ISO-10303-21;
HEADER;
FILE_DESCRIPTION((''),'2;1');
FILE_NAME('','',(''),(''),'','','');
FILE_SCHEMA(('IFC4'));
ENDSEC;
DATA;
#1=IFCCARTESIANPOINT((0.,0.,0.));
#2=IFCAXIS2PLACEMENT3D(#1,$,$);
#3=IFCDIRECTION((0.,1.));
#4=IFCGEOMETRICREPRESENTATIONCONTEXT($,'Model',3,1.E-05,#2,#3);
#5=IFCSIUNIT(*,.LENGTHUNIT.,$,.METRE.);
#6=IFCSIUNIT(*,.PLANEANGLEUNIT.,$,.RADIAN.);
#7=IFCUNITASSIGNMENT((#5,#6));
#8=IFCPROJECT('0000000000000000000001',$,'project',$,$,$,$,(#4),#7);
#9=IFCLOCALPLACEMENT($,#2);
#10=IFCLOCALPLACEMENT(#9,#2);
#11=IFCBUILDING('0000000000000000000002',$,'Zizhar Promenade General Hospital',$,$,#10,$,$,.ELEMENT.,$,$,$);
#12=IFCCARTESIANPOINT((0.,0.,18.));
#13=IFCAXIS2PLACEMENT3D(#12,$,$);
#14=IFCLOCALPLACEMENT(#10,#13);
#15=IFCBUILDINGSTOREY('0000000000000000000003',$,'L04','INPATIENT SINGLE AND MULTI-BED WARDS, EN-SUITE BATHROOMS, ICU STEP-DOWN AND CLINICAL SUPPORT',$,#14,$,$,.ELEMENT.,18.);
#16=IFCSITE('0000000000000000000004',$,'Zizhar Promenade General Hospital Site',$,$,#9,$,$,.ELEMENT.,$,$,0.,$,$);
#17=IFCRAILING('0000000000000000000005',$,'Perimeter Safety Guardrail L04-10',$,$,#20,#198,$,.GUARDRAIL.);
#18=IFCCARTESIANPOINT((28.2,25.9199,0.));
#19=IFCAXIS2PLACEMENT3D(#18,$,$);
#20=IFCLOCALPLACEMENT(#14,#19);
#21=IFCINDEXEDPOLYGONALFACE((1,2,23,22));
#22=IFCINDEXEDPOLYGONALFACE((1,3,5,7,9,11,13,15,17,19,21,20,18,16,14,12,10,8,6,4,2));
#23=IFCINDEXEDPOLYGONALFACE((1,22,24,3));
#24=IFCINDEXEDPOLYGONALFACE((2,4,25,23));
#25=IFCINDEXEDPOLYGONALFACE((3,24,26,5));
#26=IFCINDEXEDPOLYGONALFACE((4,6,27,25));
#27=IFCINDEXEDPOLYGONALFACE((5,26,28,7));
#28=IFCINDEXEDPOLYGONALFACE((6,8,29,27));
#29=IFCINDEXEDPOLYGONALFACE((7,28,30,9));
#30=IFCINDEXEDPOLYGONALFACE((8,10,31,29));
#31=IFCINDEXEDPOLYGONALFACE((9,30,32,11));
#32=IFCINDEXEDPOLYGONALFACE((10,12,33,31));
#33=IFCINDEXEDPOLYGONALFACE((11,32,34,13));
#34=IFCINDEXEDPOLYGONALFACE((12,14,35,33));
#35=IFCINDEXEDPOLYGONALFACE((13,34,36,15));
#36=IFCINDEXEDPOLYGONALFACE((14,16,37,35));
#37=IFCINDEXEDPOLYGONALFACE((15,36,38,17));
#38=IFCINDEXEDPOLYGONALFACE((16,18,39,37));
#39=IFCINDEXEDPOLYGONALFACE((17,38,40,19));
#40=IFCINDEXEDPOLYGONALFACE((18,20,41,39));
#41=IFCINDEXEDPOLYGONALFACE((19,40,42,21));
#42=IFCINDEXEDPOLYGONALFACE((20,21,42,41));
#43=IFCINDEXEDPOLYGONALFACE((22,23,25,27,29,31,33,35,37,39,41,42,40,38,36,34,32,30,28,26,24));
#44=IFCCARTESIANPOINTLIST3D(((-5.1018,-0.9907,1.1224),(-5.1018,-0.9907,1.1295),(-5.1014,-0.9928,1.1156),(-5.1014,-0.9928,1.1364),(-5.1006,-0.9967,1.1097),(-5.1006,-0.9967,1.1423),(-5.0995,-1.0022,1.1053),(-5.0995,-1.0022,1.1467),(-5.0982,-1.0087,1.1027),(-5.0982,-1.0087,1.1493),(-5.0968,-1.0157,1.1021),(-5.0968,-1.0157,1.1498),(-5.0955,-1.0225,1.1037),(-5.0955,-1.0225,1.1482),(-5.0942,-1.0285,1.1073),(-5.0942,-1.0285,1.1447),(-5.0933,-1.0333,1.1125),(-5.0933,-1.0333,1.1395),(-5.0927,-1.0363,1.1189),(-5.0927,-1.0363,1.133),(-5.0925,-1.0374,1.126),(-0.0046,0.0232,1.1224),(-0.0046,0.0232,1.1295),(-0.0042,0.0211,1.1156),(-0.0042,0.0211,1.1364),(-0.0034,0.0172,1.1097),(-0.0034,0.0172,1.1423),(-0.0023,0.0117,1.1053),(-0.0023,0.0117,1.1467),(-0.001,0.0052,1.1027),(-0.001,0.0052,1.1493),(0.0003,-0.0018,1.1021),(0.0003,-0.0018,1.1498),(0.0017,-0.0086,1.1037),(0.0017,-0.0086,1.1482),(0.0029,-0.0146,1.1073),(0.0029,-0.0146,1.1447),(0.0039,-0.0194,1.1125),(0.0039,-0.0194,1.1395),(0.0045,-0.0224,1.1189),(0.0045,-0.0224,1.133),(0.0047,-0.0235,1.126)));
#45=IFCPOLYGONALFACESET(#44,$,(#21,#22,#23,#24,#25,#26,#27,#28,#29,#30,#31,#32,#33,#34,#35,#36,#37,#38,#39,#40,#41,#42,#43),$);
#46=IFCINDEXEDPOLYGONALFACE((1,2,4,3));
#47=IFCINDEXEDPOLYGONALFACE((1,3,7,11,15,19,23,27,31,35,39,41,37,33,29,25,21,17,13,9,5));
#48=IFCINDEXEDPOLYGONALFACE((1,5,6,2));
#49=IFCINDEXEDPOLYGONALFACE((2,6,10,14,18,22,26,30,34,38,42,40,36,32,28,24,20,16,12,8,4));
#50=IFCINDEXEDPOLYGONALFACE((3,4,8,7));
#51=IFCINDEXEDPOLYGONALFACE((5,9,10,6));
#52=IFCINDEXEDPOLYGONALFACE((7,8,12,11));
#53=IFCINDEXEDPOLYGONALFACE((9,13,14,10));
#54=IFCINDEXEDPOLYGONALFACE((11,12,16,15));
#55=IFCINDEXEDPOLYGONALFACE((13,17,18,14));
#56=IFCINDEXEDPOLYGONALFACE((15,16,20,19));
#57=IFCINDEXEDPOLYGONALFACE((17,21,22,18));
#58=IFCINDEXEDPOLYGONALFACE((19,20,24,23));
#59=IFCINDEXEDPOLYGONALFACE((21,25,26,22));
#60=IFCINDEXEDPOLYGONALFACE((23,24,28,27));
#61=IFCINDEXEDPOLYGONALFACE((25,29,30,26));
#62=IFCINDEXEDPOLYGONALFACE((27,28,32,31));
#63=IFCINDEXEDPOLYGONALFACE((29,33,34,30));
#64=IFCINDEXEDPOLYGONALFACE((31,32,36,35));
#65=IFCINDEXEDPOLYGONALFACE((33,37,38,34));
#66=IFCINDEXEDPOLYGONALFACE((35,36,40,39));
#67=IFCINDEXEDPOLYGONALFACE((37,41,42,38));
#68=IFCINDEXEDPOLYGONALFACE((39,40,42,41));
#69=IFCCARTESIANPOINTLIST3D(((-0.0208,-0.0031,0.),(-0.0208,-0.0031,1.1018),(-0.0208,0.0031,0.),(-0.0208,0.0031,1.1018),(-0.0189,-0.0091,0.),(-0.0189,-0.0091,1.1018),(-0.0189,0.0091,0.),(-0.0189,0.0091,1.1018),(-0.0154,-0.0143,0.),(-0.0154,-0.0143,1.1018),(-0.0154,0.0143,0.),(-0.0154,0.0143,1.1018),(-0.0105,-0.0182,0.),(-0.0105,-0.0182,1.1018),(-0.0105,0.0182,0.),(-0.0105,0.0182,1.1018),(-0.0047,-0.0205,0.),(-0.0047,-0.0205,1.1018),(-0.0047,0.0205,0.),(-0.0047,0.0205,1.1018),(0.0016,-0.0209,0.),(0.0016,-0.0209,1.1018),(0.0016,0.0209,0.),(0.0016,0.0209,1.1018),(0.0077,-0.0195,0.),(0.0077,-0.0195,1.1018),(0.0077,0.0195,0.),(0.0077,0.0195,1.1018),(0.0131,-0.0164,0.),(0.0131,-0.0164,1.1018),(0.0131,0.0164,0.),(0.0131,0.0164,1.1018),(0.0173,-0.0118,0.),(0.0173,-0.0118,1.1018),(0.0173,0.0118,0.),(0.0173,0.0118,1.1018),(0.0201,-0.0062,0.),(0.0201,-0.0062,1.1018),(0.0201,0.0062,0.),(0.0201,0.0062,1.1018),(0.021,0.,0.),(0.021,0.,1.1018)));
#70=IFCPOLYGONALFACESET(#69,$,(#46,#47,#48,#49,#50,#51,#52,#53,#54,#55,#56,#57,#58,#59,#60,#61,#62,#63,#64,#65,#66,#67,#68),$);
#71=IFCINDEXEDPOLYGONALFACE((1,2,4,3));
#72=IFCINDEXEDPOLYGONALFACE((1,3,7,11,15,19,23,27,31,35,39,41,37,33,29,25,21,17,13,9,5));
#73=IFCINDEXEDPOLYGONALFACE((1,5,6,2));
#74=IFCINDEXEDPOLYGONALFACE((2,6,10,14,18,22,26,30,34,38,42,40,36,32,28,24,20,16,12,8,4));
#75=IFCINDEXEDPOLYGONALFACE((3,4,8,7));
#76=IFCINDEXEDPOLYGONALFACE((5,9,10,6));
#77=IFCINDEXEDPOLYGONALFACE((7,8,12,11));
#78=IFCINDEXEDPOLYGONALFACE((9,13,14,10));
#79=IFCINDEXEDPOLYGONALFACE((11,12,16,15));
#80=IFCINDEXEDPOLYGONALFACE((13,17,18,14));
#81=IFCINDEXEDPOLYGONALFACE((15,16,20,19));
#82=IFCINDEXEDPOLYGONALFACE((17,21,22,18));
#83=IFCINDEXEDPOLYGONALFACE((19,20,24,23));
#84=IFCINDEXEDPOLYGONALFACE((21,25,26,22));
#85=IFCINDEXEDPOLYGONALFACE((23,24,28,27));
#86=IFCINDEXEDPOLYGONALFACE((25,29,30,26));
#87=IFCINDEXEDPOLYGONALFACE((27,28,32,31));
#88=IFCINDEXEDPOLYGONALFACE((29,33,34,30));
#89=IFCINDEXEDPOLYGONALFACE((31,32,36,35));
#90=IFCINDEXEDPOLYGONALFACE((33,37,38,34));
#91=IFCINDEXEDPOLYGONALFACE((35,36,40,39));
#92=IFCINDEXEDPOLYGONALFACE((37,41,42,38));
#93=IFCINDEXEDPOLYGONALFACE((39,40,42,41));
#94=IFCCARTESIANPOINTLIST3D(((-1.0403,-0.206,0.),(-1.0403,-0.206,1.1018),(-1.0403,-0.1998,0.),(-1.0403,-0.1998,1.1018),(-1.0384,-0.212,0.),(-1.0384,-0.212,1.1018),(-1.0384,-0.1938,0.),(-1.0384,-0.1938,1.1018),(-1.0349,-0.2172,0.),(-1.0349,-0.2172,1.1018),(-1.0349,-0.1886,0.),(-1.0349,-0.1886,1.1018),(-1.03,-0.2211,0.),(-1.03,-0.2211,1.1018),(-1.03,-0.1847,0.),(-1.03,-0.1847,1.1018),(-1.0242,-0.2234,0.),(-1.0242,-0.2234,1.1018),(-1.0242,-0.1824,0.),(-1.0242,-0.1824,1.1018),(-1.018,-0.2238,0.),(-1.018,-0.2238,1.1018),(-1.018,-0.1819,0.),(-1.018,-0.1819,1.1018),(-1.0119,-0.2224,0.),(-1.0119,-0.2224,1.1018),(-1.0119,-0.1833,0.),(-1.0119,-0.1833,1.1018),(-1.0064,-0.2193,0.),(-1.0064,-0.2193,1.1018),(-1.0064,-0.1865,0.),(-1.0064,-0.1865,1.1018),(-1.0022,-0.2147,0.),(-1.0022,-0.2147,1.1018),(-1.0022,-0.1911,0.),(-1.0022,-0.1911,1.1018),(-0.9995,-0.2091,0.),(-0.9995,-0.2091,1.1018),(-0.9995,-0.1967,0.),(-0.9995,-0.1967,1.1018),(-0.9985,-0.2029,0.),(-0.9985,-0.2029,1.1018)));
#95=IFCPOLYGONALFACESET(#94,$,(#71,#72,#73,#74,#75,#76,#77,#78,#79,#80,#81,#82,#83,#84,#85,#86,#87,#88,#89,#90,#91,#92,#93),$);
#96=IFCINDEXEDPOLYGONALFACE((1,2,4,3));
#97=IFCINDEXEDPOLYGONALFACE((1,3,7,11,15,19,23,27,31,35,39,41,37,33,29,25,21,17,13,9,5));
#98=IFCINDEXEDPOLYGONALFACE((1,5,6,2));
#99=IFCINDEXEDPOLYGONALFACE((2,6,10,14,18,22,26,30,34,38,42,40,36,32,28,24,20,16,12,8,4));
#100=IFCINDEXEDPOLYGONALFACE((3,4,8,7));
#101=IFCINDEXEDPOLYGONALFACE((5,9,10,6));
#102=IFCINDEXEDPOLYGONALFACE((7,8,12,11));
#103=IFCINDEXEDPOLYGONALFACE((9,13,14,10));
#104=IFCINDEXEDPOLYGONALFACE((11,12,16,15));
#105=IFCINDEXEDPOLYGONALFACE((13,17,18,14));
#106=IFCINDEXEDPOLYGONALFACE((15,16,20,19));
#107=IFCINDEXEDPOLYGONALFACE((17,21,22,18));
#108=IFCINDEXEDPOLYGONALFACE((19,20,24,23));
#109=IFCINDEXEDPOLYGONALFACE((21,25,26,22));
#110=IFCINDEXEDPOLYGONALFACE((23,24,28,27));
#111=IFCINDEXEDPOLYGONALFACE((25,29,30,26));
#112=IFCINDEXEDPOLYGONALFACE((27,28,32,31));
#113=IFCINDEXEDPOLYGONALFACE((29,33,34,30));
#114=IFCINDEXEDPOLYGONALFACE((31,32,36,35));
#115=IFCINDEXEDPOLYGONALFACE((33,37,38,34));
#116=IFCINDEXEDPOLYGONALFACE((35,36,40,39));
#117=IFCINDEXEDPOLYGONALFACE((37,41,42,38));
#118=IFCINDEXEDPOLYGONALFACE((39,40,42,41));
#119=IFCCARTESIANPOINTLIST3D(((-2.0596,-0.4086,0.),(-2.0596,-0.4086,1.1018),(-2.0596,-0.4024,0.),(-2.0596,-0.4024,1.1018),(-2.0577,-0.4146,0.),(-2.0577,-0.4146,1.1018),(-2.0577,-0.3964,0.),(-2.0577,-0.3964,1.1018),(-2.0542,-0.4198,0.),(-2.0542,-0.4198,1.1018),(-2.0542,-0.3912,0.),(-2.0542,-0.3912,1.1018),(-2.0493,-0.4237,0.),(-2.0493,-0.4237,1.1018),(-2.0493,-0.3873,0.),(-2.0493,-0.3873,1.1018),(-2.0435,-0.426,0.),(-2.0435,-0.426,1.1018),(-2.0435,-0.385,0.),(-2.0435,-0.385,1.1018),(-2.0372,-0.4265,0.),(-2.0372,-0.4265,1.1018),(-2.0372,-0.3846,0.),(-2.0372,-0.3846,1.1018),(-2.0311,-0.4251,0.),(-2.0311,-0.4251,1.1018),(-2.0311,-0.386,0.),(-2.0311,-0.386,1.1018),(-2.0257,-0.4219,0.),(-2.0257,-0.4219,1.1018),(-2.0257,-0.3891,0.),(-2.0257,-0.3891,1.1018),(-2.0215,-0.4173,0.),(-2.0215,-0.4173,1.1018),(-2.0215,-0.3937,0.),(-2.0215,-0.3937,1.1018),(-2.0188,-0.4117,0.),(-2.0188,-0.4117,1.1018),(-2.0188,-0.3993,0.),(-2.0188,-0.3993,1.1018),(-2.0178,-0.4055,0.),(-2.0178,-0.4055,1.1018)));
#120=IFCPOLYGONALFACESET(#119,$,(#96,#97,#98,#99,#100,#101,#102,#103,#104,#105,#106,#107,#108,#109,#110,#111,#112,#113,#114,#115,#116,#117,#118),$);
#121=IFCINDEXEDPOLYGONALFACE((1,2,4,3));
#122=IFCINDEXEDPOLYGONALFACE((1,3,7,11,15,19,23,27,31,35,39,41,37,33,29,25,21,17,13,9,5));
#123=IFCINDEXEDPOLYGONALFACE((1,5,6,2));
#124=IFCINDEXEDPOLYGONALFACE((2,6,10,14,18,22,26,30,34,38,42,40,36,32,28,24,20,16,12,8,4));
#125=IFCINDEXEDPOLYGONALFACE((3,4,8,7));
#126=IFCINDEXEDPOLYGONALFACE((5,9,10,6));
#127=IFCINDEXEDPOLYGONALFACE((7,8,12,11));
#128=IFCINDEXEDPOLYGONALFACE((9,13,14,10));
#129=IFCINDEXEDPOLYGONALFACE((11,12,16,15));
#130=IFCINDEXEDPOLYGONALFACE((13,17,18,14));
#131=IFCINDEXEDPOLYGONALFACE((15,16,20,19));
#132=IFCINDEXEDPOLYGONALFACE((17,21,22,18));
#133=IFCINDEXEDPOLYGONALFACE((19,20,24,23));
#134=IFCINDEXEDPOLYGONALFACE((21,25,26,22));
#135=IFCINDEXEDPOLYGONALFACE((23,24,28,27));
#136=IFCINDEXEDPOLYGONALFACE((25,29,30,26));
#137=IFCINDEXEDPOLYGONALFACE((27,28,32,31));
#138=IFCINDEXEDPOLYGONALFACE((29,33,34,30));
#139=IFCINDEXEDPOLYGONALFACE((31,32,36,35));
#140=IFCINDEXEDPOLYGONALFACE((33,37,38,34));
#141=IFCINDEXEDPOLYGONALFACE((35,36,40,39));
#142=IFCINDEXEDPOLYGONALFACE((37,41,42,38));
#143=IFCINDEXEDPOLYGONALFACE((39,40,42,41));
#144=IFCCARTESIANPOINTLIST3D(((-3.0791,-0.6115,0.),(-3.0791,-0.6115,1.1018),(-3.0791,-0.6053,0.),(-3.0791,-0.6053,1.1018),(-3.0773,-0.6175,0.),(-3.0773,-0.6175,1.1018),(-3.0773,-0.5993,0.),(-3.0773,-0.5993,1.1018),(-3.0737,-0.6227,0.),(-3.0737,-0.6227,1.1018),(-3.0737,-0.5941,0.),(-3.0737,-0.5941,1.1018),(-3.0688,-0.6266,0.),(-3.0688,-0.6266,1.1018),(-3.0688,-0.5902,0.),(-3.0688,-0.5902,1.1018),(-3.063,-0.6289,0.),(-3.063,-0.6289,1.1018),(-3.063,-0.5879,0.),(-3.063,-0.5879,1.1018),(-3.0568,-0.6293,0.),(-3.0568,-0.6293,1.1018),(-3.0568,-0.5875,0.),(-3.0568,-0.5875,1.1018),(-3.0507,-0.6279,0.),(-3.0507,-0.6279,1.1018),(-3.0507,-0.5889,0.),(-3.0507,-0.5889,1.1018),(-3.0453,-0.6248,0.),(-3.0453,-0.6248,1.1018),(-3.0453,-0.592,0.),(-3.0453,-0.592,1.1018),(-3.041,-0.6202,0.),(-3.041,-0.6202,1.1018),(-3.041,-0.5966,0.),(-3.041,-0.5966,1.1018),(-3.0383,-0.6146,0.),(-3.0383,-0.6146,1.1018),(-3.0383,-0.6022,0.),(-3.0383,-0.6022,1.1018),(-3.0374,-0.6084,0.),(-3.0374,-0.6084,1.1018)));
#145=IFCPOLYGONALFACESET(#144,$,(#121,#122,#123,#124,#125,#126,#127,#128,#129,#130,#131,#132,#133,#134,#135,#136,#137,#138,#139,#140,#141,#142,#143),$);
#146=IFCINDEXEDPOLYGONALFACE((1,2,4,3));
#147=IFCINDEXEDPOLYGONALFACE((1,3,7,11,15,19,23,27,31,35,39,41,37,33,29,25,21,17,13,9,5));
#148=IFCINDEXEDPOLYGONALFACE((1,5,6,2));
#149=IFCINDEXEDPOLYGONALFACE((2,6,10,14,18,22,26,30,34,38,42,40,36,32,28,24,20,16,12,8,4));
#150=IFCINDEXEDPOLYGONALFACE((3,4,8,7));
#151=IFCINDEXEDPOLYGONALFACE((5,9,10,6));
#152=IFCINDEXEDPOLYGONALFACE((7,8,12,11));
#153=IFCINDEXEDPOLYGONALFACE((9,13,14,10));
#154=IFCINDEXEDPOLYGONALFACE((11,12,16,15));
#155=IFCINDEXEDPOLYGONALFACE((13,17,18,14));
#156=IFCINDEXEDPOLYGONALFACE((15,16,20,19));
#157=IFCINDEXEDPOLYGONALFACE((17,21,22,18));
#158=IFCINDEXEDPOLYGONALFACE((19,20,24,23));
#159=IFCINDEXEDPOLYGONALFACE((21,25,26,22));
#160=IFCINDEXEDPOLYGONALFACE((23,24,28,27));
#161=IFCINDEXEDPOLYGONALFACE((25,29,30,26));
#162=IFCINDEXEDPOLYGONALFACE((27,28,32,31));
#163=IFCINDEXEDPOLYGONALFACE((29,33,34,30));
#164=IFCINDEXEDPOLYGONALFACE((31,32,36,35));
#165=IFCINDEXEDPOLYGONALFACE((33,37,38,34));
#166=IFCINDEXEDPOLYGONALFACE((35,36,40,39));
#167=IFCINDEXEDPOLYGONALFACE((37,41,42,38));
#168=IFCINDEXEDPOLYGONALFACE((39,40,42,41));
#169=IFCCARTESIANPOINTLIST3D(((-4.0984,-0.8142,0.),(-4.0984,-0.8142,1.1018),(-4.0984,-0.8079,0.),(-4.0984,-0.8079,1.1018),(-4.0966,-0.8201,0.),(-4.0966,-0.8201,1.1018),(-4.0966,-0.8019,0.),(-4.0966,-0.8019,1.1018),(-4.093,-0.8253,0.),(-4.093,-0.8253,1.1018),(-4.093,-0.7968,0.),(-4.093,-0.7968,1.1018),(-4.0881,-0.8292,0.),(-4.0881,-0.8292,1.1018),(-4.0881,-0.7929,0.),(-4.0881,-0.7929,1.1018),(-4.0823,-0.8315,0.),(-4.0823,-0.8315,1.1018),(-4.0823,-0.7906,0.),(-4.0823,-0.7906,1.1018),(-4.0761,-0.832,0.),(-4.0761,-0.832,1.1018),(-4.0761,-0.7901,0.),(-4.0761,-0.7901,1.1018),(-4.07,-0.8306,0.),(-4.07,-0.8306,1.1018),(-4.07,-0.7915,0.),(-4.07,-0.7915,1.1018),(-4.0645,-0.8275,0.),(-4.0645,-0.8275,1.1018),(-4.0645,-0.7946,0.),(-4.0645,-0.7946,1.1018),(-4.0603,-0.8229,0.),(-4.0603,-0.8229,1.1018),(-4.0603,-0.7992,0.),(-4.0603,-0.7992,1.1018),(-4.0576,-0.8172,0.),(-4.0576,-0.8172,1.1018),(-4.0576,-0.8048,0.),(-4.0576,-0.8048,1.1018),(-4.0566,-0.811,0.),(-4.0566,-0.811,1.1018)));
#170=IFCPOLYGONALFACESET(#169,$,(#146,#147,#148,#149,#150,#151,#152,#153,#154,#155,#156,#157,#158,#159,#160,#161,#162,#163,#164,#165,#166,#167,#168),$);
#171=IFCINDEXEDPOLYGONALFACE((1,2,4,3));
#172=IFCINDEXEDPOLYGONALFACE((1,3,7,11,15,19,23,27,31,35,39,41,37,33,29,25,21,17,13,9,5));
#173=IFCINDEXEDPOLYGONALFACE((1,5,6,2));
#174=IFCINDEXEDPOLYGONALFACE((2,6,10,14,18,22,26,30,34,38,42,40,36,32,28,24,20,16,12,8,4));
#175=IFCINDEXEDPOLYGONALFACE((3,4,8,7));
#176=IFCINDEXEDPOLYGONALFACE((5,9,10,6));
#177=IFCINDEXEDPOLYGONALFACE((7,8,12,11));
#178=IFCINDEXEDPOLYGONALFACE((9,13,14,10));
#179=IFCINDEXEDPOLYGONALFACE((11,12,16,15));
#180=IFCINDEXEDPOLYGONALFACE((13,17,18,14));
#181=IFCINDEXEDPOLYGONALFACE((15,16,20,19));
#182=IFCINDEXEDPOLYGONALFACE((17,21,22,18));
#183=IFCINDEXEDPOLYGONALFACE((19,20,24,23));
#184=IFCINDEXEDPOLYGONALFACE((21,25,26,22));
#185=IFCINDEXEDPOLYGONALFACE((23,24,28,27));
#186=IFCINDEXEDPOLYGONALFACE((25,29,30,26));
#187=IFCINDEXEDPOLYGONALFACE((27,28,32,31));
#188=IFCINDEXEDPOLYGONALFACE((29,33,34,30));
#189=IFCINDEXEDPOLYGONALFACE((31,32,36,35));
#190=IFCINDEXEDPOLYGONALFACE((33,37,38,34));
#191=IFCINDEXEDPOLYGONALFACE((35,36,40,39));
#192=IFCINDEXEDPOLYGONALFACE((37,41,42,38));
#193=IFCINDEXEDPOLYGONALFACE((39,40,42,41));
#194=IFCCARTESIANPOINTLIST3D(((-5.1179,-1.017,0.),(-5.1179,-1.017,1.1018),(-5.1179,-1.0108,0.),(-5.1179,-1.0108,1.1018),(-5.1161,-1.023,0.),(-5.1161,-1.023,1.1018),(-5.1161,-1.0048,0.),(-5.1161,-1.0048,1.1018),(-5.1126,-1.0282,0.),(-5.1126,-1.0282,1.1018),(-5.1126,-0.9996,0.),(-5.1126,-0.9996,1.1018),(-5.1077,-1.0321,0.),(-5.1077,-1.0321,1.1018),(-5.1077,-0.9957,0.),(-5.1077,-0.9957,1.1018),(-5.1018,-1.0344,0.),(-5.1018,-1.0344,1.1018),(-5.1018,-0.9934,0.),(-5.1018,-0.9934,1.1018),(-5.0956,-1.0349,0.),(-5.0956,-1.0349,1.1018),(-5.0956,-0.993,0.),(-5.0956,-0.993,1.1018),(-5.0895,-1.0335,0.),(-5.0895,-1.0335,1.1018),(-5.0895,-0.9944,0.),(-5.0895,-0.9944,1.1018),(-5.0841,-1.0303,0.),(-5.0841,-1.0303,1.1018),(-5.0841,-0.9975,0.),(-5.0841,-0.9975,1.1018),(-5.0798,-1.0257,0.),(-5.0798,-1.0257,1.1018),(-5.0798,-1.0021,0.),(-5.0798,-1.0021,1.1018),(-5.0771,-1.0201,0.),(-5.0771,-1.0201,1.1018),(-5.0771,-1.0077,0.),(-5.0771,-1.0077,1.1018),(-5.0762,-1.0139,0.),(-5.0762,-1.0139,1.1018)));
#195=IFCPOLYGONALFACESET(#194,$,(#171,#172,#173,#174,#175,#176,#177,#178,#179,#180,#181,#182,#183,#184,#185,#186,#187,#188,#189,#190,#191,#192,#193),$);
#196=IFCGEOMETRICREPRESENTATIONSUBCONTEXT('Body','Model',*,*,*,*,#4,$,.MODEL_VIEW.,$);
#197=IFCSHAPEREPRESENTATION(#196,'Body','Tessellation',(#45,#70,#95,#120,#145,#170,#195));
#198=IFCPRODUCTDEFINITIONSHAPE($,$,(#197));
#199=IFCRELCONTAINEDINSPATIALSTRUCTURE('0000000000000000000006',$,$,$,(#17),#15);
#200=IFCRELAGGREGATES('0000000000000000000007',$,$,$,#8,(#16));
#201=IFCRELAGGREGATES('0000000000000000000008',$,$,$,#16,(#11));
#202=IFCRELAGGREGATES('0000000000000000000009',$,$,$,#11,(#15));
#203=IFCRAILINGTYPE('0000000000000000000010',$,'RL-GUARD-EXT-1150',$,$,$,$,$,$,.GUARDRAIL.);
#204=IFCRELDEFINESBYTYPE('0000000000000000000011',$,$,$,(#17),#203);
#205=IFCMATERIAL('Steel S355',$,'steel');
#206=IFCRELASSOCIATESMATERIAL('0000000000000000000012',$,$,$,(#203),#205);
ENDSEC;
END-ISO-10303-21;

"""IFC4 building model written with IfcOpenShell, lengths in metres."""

from ifc_helpers import new_model, si_unit, direction, frame, origin, origin_2d, place, context, subcontext, project, spatial, hollow_rectangle, circle, extrude, material, material_profile, profile_set, type_object, element, save


model = new_model("IFC4")

# Units and contexts
model_context = context("Model", 3, precision=1e-05, world=origin(), true_north=direction((0.0, 1.0)))
body_context = subcontext(model_context, "Body", "Model", "MODEL_VIEW")
ifc_project = project(units=[si_unit("LENGTHUNIT", "METRE"), si_unit("PLANEANGLEUNIT", "RADIAN")], contexts=[model_context])

# Site, building, storey
site_placement = place(None, origin())
site = spatial("IfcSite", under=ifc_project, at=site_placement, Name="Zizhar Promenade General Hospital Site", CompositionType="ELEMENT", RefElevation=0.0)
building_placement = place(site_placement, origin())
building = spatial("IfcBuilding", under=site, at=building_placement, Name="Zizhar Promenade General Hospital", CompositionType="ELEMENT")
storey_placement = place(building_placement, frame((0.0, 0.0, 18.0)))
storey = spatial("IfcBuildingStorey", under=building, at=storey_placement, Name="L04", Description="INPATIENT SINGLE AND MULTI-BED WARDS, EN-SUITE BATHROOMS, ICU STEP-DOWN AND CLINICAL SUPPORT", CompositionType="ELEMENT", Elevation=18.0)

# Railing
ifc_material_1 = material(Name="Steel S355", Category="steel")
ifc_material_profile_1 = material_profile(ifc_material_1, hollow_rectangle(XDim=0.0601, YDim=0.1201, WallThickness=0.0039, at=origin_2d()))
ifc_profile_set_1 = profile_set([ifc_material_profile_1], Name="Steel S355")
railing_type = type_object("IfcRailingType", Name="RL-GUARD-EXT-1150", PredefinedType="GUARDRAIL", material=ifc_profile_set_1)
railing_1_placement = place(storey_placement, frame((28.2, 25.9199, 0.0)))
element("IfcRailing", 1, at=railing_1_placement, inside=storey, type_object=railing_type, Name="Perimeter Safety Guardrail L04-10", PredefinedType="GUARDRAIL", context=body_context, shape_type="SweptSolid", body=[
    extrude(circle(Radius=0.0239, at=origin_2d()), frame((0.0, 0.0, 1.126), z_axis=(-0.980784, -0.195095, 0.0), x_axis=(0.195095, -0.980784, 0.0)), (0.0, 0.0, 1.0), 5.197),
    extrude(circle(Radius=0.021, at=origin_2d()), origin(), (0.0, 0.0, 1.0), 1.1018),
    extrude(circle(Radius=0.021, at=origin_2d()), frame((-1.0195, -0.2029, 0.0)), (0.0, 0.0, 1.0), 1.1018),
    extrude(circle(Radius=0.021, at=origin_2d()), frame((-2.0388, -0.4055, 0.0)), (0.0, 0.0, 1.0), 1.1018),
    extrude(circle(Radius=0.021, at=origin_2d()), frame((-3.0583, -0.6084, 0.0)), (0.0, 0.0, 1.0), 1.1018),
    extrude(circle(Radius=0.021, at=origin_2d()), frame((-4.0776, -0.811, 0.0)), (0.0, 0.0, 1.0), 1.1018),
    extrude(circle(Radius=0.021, at=origin_2d()), frame((-5.0972, -1.0139, 0.0)), (0.0, 0.0, 1.0), 1.1018),
])

save(model, "model.ifc")
